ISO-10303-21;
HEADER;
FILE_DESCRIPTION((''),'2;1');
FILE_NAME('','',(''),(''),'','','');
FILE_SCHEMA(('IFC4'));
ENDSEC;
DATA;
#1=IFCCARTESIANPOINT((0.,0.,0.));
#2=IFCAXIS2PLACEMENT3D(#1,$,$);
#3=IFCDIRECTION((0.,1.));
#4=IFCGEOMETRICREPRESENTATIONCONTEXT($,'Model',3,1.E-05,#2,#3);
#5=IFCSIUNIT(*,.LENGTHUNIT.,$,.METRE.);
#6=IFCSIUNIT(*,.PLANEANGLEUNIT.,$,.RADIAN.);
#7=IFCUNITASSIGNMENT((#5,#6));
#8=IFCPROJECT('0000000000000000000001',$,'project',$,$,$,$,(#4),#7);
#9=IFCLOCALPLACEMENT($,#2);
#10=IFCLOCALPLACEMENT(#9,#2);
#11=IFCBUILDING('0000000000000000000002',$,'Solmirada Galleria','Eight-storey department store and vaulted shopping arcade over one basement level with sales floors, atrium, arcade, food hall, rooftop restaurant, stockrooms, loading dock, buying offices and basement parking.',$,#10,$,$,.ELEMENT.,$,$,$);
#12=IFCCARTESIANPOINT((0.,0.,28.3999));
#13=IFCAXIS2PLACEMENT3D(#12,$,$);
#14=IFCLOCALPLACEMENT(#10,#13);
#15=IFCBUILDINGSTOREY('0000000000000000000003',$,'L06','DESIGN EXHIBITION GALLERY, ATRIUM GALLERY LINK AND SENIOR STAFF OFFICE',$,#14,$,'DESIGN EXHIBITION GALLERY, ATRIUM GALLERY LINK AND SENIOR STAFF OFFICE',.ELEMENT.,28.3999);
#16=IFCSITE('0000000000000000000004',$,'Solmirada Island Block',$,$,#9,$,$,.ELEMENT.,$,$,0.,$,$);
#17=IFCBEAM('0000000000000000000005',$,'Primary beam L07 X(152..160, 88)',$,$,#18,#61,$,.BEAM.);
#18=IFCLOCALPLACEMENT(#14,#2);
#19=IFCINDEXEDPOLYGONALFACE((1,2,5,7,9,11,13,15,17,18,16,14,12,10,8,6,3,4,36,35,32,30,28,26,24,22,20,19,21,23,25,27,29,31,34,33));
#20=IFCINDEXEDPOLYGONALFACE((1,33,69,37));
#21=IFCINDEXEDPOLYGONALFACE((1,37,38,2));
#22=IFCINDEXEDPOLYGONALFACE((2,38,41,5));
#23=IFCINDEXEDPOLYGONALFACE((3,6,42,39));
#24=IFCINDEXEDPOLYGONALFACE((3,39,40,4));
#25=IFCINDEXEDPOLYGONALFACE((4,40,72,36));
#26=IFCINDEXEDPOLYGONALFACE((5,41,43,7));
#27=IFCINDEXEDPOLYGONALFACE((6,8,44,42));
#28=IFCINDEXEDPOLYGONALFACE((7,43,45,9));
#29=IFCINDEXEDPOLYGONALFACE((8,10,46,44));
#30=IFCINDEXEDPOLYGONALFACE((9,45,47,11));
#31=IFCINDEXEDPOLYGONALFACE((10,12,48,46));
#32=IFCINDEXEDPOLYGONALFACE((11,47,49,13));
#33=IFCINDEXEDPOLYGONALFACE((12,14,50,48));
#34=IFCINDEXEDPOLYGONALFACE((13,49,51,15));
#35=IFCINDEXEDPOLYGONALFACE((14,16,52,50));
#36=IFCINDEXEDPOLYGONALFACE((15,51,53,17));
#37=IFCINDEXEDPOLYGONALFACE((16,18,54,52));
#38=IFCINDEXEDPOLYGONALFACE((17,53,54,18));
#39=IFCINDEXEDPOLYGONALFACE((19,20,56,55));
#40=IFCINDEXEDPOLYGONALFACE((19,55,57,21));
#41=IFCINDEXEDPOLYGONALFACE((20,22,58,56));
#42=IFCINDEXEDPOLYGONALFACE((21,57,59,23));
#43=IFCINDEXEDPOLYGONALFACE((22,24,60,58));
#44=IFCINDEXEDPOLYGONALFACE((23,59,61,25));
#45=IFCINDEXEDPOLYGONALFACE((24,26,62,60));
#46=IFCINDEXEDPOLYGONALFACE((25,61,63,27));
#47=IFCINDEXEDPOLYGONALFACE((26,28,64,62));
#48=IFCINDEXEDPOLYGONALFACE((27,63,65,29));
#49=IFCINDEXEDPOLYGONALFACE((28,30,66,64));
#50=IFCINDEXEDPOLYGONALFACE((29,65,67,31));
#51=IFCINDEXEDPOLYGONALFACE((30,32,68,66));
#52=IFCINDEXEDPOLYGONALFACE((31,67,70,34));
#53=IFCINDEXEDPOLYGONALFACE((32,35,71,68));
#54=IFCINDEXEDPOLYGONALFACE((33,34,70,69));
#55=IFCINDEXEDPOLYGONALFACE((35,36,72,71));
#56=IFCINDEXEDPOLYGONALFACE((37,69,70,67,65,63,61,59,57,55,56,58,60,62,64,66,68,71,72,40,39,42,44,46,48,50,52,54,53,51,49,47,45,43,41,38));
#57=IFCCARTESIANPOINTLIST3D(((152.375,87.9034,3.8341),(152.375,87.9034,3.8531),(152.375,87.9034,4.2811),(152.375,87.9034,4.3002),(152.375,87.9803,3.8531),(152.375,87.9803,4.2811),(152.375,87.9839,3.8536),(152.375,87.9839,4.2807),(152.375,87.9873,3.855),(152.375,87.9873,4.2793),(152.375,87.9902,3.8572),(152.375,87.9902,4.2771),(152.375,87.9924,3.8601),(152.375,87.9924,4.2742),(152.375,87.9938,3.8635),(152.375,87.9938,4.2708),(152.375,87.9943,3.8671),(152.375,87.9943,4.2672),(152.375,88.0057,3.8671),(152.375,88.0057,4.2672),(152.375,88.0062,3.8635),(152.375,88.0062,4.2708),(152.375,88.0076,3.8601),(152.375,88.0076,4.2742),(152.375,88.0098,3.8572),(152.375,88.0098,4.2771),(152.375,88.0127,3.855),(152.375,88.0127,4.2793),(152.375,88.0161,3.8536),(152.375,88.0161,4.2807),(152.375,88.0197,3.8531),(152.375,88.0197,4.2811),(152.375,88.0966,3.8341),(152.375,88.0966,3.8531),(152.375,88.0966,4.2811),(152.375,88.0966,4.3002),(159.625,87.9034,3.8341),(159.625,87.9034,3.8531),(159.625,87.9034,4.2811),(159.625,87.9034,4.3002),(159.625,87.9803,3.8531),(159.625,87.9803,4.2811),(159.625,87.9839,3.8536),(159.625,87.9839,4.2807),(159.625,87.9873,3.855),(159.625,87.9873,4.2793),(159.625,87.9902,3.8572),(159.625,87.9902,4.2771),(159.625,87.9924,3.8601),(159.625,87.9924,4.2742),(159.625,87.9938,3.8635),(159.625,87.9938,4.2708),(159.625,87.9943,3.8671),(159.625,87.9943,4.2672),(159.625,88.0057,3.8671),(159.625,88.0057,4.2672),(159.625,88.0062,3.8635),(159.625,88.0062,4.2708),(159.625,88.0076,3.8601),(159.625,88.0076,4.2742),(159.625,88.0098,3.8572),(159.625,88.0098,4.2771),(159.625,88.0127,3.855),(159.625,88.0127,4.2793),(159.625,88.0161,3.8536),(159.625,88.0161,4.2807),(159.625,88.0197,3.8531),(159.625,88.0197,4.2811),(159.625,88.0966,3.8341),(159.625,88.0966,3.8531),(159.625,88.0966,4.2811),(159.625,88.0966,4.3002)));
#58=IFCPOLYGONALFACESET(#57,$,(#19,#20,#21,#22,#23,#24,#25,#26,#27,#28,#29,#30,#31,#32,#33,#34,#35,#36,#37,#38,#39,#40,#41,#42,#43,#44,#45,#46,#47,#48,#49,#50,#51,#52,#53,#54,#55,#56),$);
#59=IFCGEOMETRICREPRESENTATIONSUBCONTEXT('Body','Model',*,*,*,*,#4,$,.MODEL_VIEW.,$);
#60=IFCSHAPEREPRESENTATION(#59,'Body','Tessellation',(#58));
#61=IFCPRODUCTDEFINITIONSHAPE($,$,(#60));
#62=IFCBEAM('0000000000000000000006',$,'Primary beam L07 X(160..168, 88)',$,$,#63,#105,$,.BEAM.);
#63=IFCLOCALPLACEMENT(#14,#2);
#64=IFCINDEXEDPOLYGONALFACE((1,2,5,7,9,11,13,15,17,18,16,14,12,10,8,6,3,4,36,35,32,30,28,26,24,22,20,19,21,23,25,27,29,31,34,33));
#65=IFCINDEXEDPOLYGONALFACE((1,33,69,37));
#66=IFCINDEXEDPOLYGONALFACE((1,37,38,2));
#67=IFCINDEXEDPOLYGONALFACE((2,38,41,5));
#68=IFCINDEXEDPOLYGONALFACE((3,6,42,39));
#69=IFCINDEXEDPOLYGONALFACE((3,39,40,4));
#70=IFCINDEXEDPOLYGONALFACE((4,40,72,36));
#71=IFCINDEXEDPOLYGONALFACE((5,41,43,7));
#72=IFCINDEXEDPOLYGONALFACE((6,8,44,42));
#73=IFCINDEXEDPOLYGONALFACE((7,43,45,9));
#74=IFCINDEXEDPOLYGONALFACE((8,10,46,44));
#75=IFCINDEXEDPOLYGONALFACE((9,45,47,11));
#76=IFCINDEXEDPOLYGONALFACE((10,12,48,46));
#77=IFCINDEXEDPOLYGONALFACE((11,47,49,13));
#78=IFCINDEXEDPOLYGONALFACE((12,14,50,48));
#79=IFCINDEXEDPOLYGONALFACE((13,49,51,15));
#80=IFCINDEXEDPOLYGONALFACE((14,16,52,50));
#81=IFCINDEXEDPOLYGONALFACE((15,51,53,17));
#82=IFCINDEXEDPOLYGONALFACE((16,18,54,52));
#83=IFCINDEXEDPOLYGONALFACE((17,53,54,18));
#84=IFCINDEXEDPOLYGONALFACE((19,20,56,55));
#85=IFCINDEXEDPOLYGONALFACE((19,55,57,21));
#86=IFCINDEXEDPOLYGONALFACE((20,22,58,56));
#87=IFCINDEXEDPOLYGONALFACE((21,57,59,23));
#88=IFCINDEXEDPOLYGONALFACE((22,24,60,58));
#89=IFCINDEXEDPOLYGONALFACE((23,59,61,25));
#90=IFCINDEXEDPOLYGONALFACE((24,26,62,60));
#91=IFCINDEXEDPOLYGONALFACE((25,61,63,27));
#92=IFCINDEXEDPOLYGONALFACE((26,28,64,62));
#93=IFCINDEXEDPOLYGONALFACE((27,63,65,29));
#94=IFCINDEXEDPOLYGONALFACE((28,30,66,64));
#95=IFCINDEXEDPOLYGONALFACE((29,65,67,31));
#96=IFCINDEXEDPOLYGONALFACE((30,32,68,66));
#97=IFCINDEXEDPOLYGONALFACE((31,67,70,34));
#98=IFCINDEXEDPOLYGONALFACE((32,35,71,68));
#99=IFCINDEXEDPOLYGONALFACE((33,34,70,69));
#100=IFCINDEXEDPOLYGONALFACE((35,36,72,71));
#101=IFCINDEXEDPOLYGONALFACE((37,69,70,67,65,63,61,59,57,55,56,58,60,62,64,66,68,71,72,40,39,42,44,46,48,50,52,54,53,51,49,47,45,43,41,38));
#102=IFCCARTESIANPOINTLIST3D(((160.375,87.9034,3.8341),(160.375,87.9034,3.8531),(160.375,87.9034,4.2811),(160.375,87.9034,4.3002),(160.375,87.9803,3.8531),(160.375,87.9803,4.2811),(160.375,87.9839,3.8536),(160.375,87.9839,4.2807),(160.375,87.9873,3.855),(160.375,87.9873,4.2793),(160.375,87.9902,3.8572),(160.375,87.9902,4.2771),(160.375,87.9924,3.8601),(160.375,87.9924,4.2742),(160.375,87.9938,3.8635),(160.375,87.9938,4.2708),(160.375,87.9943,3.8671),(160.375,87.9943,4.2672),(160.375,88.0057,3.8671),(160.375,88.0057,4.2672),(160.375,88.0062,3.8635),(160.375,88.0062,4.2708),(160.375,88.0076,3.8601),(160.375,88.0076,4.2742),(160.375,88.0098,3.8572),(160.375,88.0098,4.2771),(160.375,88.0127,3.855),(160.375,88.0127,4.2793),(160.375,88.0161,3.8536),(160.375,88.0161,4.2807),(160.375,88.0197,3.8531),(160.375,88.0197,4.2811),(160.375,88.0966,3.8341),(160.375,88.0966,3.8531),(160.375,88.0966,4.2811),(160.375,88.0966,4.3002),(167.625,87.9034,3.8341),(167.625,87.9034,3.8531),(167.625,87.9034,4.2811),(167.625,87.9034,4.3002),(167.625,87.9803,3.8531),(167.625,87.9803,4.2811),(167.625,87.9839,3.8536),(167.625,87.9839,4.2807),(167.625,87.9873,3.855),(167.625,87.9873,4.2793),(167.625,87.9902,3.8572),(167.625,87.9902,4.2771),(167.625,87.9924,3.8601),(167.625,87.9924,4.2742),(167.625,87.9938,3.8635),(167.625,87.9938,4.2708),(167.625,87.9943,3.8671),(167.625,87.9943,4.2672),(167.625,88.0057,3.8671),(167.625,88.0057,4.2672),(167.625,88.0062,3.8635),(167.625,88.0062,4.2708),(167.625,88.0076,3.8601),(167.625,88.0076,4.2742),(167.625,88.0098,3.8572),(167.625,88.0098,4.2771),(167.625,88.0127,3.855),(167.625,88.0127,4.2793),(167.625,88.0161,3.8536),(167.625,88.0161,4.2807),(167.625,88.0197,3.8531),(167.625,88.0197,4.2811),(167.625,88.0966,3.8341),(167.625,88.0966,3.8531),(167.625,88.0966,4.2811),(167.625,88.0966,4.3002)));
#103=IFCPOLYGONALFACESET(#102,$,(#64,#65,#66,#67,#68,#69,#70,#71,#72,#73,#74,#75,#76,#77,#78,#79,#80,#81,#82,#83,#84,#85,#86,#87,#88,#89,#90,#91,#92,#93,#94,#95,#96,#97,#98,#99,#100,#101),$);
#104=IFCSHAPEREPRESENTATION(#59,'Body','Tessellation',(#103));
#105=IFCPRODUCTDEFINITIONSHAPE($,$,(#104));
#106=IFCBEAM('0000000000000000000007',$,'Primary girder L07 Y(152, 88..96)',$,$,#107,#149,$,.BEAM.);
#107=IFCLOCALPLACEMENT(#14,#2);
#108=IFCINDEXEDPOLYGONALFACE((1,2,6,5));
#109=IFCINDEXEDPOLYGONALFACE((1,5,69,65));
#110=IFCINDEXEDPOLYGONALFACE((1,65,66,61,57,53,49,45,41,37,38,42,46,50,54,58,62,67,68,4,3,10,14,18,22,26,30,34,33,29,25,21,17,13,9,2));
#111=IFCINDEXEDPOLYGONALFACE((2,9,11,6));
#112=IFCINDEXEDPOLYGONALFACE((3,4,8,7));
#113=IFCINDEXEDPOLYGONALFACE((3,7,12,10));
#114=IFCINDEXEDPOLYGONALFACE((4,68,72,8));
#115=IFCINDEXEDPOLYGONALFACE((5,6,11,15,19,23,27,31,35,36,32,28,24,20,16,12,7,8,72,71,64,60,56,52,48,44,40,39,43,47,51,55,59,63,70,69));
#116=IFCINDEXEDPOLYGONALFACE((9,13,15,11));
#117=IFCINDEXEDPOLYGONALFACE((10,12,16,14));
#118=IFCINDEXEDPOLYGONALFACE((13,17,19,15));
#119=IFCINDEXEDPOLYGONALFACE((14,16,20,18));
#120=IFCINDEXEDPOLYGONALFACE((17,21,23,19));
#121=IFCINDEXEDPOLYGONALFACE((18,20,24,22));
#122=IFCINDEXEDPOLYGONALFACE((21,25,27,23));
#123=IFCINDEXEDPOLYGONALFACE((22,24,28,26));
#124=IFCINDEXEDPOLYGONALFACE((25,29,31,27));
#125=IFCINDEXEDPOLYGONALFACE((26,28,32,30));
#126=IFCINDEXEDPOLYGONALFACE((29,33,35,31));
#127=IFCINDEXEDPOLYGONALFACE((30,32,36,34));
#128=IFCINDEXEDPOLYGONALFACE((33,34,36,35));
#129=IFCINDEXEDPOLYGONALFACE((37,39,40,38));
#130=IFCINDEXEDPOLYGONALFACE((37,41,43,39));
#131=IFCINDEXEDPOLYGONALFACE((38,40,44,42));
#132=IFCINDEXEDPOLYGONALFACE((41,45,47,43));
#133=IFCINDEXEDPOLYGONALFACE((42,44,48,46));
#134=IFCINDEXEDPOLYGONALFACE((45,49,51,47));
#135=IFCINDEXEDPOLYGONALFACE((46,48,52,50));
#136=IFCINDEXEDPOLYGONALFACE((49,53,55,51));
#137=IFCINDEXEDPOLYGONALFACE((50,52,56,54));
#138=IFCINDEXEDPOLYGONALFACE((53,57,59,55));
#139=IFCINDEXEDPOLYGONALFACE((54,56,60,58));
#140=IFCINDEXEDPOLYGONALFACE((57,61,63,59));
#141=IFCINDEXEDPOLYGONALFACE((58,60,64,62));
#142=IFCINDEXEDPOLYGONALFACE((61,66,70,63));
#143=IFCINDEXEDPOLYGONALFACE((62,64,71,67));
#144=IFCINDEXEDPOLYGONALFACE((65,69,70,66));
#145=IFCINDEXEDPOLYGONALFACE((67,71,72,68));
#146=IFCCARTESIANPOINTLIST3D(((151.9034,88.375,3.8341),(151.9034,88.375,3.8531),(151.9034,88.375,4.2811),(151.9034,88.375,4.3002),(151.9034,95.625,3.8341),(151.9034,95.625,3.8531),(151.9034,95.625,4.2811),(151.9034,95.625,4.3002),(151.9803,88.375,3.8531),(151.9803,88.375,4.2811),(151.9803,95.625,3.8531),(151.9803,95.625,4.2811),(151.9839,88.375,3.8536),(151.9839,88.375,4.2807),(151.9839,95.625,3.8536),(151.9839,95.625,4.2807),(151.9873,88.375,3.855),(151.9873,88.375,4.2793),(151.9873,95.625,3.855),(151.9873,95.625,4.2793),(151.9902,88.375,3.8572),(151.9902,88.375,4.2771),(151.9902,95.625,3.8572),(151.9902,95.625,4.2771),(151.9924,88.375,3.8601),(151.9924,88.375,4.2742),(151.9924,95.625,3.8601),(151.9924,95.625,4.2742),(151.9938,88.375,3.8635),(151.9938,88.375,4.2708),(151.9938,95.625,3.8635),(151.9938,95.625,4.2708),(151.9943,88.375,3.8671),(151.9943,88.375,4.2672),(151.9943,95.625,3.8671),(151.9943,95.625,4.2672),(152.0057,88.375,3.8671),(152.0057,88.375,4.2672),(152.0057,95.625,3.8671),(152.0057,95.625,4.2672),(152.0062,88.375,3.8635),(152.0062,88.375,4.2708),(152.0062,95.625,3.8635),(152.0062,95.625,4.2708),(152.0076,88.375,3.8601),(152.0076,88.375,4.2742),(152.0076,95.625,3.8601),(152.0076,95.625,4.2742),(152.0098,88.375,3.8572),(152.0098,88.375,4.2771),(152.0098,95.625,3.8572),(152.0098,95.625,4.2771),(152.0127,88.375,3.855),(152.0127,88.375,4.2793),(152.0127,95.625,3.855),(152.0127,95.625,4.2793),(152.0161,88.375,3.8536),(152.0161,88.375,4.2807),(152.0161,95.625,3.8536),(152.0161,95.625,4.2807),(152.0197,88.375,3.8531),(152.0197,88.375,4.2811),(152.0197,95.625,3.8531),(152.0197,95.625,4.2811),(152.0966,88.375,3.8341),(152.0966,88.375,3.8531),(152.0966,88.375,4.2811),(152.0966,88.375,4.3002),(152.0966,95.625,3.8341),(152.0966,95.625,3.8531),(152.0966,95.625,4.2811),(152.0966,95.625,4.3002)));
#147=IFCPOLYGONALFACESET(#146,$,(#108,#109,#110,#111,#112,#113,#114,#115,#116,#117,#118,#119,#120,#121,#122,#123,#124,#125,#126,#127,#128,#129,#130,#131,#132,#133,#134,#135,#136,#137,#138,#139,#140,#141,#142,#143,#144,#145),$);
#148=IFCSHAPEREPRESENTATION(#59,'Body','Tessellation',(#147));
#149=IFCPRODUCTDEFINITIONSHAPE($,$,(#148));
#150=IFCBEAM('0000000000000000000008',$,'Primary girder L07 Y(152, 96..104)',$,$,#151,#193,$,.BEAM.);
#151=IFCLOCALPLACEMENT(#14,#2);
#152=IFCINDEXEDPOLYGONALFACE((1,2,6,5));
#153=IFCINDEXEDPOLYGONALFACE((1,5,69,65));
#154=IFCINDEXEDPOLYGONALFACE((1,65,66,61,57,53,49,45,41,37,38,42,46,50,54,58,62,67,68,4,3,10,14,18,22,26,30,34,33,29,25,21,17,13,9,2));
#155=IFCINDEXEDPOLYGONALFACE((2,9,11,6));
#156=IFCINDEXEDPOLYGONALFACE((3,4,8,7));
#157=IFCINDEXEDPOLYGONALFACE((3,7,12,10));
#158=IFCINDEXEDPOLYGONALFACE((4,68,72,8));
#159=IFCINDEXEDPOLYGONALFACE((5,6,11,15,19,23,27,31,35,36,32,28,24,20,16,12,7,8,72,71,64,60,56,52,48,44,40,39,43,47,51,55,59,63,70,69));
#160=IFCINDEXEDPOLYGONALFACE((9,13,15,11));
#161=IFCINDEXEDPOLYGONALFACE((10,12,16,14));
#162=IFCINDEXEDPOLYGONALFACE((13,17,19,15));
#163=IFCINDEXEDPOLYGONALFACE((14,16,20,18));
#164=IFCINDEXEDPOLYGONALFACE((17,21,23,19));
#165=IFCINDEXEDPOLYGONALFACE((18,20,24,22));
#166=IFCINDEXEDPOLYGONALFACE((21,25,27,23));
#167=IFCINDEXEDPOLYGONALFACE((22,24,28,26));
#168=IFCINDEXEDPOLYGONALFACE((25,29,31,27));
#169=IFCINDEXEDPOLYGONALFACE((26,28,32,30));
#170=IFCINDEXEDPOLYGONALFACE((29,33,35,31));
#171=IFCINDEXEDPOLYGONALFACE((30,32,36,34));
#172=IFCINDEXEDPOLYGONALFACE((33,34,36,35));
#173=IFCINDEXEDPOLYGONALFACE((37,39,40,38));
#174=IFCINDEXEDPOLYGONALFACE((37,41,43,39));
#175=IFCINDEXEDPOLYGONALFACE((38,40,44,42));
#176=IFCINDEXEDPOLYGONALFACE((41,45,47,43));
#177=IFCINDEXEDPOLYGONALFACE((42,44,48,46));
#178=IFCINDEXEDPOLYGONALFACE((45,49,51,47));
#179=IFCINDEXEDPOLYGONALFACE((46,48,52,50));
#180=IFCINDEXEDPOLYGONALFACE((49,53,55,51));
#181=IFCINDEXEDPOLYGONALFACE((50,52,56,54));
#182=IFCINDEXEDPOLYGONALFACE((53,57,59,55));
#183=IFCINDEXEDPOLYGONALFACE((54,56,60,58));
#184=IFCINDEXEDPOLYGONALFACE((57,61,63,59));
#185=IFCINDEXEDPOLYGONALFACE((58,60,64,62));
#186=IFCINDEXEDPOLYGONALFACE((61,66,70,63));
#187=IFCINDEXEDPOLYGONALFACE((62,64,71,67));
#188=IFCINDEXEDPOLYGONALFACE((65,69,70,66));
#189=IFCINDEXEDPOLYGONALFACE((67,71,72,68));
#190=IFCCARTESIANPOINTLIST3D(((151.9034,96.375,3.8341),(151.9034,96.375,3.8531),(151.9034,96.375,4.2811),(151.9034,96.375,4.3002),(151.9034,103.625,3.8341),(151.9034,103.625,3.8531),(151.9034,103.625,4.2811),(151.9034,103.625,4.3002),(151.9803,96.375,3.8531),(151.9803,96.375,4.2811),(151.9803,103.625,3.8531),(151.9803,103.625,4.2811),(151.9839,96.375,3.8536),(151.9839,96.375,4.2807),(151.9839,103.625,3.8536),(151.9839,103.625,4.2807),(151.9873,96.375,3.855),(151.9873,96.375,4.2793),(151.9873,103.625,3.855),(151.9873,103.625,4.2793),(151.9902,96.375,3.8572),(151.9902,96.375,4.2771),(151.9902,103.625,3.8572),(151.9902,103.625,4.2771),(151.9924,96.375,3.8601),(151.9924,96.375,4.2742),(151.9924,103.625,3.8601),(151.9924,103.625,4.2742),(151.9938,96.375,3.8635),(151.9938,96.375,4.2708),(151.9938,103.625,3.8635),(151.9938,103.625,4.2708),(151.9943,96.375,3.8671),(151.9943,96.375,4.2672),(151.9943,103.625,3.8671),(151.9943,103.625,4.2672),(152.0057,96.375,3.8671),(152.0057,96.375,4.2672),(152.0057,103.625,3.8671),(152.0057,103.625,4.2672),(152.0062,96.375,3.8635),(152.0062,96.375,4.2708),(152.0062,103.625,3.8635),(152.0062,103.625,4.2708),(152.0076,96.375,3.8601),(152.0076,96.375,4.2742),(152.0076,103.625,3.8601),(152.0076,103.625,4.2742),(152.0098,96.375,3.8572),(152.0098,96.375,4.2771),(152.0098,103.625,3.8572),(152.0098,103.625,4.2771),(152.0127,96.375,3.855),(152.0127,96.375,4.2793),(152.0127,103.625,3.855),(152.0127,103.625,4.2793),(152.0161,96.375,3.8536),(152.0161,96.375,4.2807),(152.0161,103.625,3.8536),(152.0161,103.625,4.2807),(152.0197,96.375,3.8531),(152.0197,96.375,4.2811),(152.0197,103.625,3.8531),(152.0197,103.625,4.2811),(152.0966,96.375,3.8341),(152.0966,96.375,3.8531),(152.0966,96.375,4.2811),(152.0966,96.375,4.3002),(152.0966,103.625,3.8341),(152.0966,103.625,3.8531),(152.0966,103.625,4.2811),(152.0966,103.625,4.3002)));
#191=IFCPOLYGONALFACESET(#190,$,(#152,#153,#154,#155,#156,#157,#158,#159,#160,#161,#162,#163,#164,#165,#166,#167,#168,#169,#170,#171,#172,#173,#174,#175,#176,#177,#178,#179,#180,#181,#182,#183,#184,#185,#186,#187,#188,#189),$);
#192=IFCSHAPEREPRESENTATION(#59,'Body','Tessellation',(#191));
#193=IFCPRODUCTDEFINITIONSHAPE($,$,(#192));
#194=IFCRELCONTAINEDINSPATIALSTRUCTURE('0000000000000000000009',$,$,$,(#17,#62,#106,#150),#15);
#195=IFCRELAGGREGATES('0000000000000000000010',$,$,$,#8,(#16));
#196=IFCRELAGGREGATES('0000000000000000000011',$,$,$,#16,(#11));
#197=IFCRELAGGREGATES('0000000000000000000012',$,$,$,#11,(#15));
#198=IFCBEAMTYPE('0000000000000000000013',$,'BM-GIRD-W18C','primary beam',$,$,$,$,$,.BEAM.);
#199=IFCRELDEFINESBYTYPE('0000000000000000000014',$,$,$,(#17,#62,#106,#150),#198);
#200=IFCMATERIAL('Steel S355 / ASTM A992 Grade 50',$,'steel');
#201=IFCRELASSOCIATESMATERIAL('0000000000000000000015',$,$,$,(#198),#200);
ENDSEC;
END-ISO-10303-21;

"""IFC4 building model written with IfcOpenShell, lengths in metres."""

from ifc_helpers import new_model, si_unit, direction, frame, origin, origin_2d, place, context, subcontext, project, spatial, i_section, extrude, material, material_profile, profile_set, type_object, element, save


model = new_model("IFC4")

# Units and contexts
model_context = context("Model", 3, precision=1e-05, world=origin(), true_north=direction((0.0, 1.0)))
body_context = subcontext(model_context, "Body", "Model", "MODEL_VIEW")
ifc_project = project(units=[si_unit("LENGTHUNIT", "METRE"), si_unit("PLANEANGLEUNIT", "RADIAN")], contexts=[model_context])

# Site, building, storey
site_placement = place(None, origin())
site = spatial("IfcSite", under=ifc_project, at=site_placement, Name="Solmirada Island Block", CompositionType="ELEMENT", RefElevation=0.0)
building_placement = place(site_placement, origin())
building = spatial("IfcBuilding", under=site, at=building_placement, Name="Solmirada Galleria", Description="Eight-storey department store and vaulted shopping arcade over one basement level with sales floors, atrium, arcade, food hall, rooftop restaurant, stockrooms, loading dock, buying offices and basement parking.", CompositionType="ELEMENT")
storey_placement = place(building_placement, frame((0.0, 0.0, 28.3999)))
storey = spatial("IfcBuildingStorey", under=building, at=storey_placement, Name="L06", Description="DESIGN EXHIBITION GALLERY, ATRIUM GALLERY LINK AND SENIOR STAFF OFFICE", LongName="DESIGN EXHIBITION GALLERY, ATRIUM GALLERY LINK AND SENIOR STAFF OFFICE", CompositionType="ELEMENT", Elevation=28.3999)

# Beams
ifc_material_1 = material(Name="Steel S355 / ASTM A992 Grade 50", Category="steel")
ifc_material_profile_1 = material_profile(ifc_material_1, i_section(OverallWidth=0.1931, OverallDepth=0.4661, WebThickness=0.0115, FlangeThickness=0.019, FilletRadius=0.0139, at=origin_2d()), Name="W18X65")
ifc_profile_set_1 = profile_set([ifc_material_profile_1], Name="Steel S355 / ASTM A992 Grade 50")
beam_type_1 = type_object("IfcBeamType", Name="BM-GIRD-W18C", Description="primary beam", PredefinedType="BEAM", material=ifc_profile_set_1)
for number, where, z_axis, x_axis, name in (
    (1, (152.375, 88.0, 4.0671), (1.0, 0.0, 0.0), (0.0, 1.0, 0.0), "Primary beam L07 X(152..160, 88)"),
    (2, (160.375, 88.0, 4.0671), (1.0, 0.0, 0.0), (0.0, 1.0, 0.0), "Primary beam L07 X(160..168, 88)"),
    (3, (152.0, 88.375, 4.0671), (0.0, 1.0, 0.0), (-1.0, 0.0, 0.0), "Primary girder L07 Y(152, 88..96)"),
    (4, (152.0, 96.375, 4.0671), (0.0, 1.0, 0.0), (-1.0, 0.0, 0.0), "Primary girder L07 Y(152, 96..104)"),
):
    element("IfcBeam", number, at=place(storey_placement, frame(where, z_axis=z_axis, x_axis=x_axis)), inside=storey, type_object=beam_type_1, Name=name, PredefinedType="BEAM", context=body_context, shape_type="SweptSolid", body=[
        extrude(i_section(OverallWidth=0.1931, OverallDepth=0.4661, WebThickness=0.0115, FlangeThickness=0.019, FilletRadius=0.0139, at=origin_2d()), origin(), (0.0, 0.0, 1.0), 7.25),
    ])

save(model, "model.ifc")
